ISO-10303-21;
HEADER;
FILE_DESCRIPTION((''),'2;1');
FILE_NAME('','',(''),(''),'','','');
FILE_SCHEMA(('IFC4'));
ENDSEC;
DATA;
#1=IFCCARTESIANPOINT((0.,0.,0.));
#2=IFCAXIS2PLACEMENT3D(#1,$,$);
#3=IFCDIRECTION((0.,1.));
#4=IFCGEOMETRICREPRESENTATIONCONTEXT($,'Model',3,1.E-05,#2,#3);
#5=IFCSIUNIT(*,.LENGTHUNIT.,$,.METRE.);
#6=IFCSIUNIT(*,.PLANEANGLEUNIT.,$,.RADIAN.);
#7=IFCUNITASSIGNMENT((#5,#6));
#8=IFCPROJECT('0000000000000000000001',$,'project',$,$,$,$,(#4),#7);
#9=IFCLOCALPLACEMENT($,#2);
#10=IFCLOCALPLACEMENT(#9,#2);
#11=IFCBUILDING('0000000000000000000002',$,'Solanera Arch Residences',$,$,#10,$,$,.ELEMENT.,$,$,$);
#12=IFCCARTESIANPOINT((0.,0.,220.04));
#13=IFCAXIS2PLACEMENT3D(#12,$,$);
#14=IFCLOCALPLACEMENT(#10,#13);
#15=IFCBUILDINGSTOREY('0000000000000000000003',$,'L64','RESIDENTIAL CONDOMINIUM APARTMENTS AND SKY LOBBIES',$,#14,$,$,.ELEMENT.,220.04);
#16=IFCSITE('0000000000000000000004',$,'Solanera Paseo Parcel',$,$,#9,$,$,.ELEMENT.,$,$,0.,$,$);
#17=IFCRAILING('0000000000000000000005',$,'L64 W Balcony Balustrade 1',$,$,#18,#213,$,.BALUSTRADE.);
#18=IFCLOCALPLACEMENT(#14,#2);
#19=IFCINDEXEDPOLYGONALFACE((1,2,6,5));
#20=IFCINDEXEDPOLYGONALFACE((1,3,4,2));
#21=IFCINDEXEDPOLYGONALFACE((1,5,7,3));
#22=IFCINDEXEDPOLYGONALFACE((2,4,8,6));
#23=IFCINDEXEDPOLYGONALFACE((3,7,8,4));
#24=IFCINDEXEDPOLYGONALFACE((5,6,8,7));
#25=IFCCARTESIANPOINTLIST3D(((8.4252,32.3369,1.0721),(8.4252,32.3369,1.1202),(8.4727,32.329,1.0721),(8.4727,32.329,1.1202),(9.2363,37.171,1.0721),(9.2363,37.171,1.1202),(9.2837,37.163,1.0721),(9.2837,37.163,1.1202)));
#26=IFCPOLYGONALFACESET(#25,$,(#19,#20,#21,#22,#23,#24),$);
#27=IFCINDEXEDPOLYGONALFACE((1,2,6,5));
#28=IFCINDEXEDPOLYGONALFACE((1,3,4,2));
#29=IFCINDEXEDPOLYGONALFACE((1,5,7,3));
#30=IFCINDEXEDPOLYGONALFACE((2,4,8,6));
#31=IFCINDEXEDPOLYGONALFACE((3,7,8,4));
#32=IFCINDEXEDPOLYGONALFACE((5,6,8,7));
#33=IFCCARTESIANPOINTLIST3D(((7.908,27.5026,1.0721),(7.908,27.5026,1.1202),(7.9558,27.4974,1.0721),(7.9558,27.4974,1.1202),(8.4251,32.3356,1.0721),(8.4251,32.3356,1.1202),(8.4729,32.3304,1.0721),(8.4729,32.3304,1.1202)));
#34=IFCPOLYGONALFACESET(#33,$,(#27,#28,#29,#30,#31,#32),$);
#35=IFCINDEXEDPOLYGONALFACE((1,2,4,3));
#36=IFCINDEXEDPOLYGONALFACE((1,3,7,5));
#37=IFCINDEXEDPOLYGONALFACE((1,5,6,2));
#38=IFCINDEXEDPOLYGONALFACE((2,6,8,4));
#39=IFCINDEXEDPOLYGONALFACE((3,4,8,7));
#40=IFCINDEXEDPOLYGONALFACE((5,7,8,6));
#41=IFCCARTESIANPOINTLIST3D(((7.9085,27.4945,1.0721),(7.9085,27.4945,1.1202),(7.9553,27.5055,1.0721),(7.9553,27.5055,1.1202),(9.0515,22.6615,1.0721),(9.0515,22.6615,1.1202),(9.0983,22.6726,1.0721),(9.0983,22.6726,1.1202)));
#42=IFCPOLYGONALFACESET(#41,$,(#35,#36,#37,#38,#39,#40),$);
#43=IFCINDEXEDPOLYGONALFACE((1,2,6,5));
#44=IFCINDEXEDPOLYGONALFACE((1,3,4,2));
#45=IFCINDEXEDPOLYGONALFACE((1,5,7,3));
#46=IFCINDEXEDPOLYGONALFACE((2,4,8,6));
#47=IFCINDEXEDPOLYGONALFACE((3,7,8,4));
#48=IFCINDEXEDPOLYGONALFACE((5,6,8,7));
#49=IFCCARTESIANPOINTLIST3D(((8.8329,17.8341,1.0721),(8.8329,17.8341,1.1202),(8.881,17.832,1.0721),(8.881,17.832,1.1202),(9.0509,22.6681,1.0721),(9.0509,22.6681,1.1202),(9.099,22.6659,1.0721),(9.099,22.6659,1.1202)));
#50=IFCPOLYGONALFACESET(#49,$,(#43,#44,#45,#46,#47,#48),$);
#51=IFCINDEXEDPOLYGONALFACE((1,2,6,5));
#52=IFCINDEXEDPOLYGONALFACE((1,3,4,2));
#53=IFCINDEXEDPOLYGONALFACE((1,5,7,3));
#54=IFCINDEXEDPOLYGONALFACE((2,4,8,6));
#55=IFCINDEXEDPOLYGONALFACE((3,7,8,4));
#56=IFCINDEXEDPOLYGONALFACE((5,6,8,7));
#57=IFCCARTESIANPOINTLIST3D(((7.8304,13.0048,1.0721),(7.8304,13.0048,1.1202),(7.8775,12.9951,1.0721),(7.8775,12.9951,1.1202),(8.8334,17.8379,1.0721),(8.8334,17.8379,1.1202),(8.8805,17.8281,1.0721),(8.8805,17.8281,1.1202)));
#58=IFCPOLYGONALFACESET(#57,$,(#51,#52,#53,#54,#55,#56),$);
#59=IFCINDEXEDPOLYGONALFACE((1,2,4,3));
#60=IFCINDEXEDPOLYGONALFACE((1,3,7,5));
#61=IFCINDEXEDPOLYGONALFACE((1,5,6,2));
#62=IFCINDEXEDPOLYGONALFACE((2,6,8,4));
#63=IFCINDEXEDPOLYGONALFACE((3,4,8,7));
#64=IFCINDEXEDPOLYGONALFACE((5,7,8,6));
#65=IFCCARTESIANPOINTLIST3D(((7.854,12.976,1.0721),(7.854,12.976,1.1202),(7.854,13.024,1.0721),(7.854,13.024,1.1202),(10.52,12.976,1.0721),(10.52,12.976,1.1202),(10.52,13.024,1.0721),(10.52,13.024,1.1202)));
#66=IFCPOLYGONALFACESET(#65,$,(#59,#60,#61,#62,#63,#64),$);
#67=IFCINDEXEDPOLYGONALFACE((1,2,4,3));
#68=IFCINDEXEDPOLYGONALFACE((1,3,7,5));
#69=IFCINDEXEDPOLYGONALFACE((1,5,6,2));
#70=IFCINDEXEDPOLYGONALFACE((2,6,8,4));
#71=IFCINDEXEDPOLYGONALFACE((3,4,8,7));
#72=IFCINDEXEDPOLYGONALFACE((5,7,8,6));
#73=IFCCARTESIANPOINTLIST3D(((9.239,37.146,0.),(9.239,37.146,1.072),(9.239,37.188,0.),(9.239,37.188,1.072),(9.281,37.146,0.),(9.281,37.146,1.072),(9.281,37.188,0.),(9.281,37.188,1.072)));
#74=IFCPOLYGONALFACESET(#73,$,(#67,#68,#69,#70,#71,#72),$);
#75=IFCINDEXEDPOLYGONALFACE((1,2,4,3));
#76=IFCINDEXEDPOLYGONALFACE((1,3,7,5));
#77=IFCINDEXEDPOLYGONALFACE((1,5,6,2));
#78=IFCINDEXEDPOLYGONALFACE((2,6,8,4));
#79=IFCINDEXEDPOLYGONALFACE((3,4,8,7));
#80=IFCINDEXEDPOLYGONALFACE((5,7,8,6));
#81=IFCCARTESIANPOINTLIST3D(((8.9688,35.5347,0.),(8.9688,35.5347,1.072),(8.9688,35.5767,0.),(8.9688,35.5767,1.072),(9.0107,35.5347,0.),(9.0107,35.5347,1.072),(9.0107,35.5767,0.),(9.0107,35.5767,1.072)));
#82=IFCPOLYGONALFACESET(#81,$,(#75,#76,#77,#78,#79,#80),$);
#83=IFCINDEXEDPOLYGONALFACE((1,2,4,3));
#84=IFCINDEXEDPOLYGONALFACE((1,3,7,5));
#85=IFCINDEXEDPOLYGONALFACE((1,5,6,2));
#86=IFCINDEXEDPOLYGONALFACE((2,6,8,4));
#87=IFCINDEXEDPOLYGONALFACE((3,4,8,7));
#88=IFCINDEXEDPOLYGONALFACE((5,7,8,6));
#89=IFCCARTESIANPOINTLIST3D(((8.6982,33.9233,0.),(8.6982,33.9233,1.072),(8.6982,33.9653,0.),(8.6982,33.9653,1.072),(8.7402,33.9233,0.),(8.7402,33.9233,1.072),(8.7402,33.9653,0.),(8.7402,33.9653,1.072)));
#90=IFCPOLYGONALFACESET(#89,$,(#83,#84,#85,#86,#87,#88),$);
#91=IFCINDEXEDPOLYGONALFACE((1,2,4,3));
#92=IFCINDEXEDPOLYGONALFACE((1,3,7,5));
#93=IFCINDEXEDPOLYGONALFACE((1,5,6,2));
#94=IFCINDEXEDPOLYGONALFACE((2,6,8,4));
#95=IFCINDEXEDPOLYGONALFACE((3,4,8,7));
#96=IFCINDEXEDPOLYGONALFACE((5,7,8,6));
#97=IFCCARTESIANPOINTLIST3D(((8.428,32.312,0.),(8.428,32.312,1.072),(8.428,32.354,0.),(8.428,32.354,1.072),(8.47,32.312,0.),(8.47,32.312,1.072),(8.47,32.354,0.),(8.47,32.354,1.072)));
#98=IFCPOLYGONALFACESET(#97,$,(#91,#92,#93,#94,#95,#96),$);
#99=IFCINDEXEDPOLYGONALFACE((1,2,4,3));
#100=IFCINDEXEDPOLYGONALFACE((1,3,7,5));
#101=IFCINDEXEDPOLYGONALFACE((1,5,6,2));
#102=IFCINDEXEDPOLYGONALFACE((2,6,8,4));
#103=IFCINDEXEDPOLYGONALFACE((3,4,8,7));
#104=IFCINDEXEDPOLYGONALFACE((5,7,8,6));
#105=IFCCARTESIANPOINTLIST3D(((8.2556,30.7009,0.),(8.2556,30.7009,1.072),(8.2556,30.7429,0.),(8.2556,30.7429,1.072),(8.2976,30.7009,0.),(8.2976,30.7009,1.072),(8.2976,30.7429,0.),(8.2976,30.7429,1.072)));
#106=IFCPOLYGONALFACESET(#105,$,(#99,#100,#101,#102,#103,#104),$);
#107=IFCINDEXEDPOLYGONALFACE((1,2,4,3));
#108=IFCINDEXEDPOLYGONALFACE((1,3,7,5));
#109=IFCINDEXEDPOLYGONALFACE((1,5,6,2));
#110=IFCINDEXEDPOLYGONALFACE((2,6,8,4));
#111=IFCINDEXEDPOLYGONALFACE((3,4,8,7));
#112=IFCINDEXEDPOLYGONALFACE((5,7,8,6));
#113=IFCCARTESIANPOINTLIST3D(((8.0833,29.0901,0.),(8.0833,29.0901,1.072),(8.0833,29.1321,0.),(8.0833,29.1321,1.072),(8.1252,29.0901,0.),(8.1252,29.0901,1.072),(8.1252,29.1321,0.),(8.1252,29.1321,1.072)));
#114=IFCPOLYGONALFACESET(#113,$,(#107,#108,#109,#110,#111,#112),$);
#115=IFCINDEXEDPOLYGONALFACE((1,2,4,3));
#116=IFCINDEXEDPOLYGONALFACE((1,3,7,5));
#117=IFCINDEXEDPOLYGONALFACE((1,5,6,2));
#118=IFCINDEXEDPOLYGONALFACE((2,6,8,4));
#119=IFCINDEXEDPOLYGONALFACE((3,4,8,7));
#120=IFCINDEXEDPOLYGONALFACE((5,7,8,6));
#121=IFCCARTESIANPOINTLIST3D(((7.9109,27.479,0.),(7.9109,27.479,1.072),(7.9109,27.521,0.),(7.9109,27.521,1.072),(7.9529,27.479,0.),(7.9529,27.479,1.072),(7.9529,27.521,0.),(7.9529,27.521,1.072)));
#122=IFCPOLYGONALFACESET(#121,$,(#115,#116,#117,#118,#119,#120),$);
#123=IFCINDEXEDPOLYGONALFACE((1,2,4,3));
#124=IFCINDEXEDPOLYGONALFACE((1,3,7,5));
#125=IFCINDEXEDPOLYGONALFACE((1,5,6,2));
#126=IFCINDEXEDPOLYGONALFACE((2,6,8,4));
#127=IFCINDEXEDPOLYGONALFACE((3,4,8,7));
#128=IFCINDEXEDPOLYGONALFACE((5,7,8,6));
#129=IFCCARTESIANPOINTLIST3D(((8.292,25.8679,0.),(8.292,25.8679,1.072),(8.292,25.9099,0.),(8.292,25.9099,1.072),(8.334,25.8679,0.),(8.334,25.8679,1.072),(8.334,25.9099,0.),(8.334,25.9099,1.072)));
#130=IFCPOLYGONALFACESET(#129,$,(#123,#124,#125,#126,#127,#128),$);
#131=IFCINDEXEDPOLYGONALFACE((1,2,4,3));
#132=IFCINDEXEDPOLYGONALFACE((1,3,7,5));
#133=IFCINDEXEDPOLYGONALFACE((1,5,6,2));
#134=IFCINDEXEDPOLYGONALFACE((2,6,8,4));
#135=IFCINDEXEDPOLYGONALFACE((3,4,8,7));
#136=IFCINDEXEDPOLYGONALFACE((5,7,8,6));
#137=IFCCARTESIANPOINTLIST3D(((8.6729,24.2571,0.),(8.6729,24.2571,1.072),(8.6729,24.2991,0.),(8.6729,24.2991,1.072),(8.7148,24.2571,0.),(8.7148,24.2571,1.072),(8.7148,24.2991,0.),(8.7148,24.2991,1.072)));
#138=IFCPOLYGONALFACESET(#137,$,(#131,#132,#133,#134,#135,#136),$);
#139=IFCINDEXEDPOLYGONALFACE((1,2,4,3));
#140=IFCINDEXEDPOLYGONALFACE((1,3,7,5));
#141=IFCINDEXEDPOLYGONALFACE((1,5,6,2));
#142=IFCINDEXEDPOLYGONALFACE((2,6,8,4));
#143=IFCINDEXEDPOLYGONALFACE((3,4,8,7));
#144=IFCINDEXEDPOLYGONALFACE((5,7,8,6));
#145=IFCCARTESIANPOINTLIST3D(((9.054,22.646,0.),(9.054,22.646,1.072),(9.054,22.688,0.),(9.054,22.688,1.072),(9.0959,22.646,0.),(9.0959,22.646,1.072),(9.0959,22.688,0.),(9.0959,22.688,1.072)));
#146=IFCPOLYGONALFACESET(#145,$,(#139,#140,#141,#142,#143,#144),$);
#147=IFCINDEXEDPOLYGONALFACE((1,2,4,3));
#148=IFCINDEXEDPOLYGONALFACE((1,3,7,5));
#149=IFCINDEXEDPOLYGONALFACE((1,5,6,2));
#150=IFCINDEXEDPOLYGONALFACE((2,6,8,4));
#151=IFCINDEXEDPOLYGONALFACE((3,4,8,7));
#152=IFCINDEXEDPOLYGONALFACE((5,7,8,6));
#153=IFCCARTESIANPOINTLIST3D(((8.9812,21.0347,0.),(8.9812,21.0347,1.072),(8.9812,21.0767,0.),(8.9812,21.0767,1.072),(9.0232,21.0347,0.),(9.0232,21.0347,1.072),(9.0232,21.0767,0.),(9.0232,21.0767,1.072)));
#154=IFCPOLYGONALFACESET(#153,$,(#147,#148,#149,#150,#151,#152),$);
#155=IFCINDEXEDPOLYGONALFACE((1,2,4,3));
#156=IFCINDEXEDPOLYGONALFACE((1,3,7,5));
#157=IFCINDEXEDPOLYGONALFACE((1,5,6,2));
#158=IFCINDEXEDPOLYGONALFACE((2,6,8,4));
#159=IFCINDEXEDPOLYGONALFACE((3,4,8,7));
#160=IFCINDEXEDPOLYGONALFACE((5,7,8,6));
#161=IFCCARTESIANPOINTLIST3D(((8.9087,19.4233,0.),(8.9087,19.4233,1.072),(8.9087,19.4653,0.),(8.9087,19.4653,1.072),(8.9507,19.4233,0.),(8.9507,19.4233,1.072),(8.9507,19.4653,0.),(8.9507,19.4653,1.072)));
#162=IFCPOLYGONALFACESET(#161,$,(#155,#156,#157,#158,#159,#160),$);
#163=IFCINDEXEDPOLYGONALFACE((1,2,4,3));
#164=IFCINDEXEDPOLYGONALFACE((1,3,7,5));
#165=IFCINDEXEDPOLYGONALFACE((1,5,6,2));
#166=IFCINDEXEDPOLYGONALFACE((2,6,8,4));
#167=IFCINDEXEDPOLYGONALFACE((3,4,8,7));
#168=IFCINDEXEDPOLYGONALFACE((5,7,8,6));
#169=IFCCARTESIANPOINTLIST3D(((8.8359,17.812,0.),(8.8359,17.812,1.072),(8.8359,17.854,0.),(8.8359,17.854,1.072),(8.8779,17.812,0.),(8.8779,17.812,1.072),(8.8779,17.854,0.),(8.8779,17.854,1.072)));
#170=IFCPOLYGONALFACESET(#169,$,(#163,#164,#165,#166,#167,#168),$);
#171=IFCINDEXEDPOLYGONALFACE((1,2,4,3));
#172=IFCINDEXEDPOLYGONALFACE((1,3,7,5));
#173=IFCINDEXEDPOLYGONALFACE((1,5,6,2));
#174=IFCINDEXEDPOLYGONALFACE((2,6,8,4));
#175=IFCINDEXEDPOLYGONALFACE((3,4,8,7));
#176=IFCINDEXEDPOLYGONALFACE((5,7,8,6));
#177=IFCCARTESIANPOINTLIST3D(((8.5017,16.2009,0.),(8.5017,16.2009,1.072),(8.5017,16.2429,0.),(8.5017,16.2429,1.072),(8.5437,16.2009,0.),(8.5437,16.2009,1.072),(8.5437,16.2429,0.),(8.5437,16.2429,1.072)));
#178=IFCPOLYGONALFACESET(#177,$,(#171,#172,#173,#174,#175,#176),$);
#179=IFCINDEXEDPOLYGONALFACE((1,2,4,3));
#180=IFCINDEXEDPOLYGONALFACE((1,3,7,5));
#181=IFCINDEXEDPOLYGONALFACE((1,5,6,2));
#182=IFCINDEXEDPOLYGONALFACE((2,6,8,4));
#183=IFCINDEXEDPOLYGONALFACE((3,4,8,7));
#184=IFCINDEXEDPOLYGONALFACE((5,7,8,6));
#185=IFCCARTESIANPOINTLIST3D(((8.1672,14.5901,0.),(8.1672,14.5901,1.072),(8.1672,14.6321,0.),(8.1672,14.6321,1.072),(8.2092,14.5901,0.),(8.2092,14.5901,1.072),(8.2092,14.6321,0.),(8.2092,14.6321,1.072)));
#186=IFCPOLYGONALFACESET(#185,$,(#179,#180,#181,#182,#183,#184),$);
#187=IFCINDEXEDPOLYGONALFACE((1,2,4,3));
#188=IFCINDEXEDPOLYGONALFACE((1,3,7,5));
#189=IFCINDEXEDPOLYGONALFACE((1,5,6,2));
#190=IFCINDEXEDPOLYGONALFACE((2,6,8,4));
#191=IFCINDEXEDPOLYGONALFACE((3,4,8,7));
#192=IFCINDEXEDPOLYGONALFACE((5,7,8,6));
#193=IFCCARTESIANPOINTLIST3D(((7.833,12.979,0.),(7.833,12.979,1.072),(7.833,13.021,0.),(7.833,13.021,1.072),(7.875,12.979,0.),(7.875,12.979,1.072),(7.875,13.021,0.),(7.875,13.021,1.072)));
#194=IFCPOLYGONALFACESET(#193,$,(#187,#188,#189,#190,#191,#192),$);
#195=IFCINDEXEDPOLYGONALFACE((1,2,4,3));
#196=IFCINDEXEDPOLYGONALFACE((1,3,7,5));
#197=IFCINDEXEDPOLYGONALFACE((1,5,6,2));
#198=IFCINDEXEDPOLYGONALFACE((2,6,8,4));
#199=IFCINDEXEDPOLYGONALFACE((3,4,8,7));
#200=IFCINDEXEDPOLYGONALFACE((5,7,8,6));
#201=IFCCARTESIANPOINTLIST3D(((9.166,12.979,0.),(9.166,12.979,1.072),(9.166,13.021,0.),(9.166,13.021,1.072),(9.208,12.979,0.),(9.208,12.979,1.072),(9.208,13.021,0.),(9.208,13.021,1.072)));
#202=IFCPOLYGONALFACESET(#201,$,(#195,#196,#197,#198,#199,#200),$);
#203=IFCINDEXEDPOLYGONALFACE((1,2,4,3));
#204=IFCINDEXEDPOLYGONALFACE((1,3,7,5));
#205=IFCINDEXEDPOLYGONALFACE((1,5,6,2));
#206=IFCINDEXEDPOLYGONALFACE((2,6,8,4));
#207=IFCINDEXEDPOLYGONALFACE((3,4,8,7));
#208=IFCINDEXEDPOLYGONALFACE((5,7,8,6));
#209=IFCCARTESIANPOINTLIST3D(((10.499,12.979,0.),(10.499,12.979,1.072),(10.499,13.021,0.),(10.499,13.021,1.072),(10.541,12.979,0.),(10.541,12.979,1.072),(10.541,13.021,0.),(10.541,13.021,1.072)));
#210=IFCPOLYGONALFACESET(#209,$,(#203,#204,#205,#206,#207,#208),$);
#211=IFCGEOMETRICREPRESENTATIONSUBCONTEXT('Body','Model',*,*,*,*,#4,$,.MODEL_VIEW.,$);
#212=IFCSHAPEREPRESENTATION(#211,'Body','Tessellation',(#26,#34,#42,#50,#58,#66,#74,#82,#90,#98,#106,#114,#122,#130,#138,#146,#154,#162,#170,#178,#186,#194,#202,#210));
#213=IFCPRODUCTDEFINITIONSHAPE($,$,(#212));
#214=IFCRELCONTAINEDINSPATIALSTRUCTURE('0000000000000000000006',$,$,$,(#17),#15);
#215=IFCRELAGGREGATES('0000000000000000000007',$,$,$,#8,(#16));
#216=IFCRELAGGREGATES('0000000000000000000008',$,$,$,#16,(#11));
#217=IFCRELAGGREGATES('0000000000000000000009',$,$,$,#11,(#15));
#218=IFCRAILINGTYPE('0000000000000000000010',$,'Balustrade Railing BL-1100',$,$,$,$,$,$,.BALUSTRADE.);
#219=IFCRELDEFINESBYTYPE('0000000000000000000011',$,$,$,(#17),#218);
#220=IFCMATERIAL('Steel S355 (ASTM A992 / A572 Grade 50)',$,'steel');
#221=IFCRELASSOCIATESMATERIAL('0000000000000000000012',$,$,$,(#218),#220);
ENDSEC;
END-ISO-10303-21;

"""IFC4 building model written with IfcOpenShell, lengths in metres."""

from ifc_helpers import new_model, si_unit, direction, frame, origin, origin_2d, place, context, subcontext, project, spatial, rectangle, extrude, material, type_object, element, save


model = new_model("IFC4")

# Units and contexts
model_context = context("Model", 3, precision=1e-05, world=origin(), true_north=direction((0.0, 1.0)))
body_context = subcontext(model_context, "Body", "Model", "MODEL_VIEW")
ifc_project = project(units=[si_unit("LENGTHUNIT", "METRE"), si_unit("PLANEANGLEUNIT", "RADIAN")], contexts=[model_context])

# Site, building, storey
site_placement = place(None, origin())
site = spatial("IfcSite", under=ifc_project, at=site_placement, Name="Solanera Paseo Parcel", CompositionType="ELEMENT", RefElevation=0.0)
building_placement = place(site_placement, origin())
building = spatial("IfcBuilding", under=site, at=building_placement, Name="Solanera Arch Residences", CompositionType="ELEMENT")
storey_placement = place(building_placement, frame((0.0, 0.0, 220.04)))
storey = spatial("IfcBuildingStorey", under=building, at=storey_placement, Name="L64", Description="RESIDENTIAL CONDOMINIUM APARTMENTS AND SKY LOBBIES", CompositionType="ELEMENT", Elevation=220.04)

# Railing
ifc_material_1 = material(Name="Steel S355 (ASTM A992 / A572 Grade 50)", Category="steel")
railing_type_1 = type_object("IfcRailingType", Name="Balustrade Railing BL-1100", PredefinedType="BALUSTRADE", material=ifc_material_1)
railing_1_placement = place(storey_placement, frame((9.26, 37.167, 0.0)))
element("IfcRailing", 1, at=railing_1_placement, inside=storey, type_object=railing_type_1, Name="L64 W Balcony Balustrade 1", PredefinedType="BALUSTRADE", context=body_context, shape_type="SweptSolid", body=[
    extrude(rectangle(XDim=0.0481, YDim=0.0481, at=origin_2d()), frame((0.0, 0.0, 1.0962), z_axis=(-0.165465, -0.986216, 0.0), x_axis=(0.986216, -0.165465, 0.0)), (0.0, 0.0, 1.0), 4.9016),
    extrude(rectangle(XDim=0.0481, YDim=0.0481, at=origin_2d()), frame((-0.811, -4.834, 1.0962), z_axis=(-0.106384, -0.994325, 0.0), x_axis=(0.994325, -0.106384, 0.0)), (0.0, 0.0, 1.0), 4.8606),
    extrude(rectangle(XDim=0.0481, YDim=0.0481, at=origin_2d()), frame((-1.3281, -9.667, 1.0962), z_axis=(0.230163, -0.973152, 0.0), x_axis=(0.973152, 0.230163, 0.0)), (0.0, 0.0, 1.0), 4.9663),
    extrude(rectangle(XDim=0.0481, YDim=0.0481, at=origin_2d()), frame((-0.1851, -14.5, 1.0962), z_axis=(-0.045055, -0.998984, 0.0), x_axis=(0.998984, -0.045055, 0.0)), (0.0, 0.0, 1.0), 4.8389),
    extrude(rectangle(XDim=0.0481, YDim=0.0481, at=origin_2d()), frame((-0.4031, -19.334, 1.0962), z_axis=(-0.203188, -0.97914, 0.0), x_axis=(0.97914, -0.203188, 0.0)), (0.0, 0.0, 1.0), 4.936),
    extrude(rectangle(XDim=0.0481, YDim=0.0481, at=origin_2d()), frame((-1.406, -24.167, 1.0962), z_axis=(1.0, 0.0, 0.0), x_axis=(0.0, 1.0, 0.0)), (0.0, 0.0, 1.0), 2.666),
    extrude(rectangle(XDim=0.042, YDim=0.042, at=origin_2d()), origin(), (0.0, 0.0, 1.0), 1.072),
    extrude(rectangle(XDim=0.042, YDim=0.042, at=origin_2d()), frame((-0.2703, -1.6113, 0.0)), (0.0, 0.0, 1.0), 1.072),
    extrude(rectangle(XDim=0.042, YDim=0.042, at=origin_2d()), frame((-0.5408, -3.2227, 0.0)), (0.0, 0.0, 1.0), 1.072),
    extrude(rectangle(XDim=0.042, YDim=0.042, at=origin_2d()), frame((-0.811, -4.834, 0.0)), (0.0, 0.0, 1.0), 1.072),
    extrude(rectangle(XDim=0.042, YDim=0.042, at=origin_2d()), frame((-0.9834, -6.4451, 0.0)), (0.0, 0.0, 1.0), 1.072),
    extrude(rectangle(XDim=0.042, YDim=0.042, at=origin_2d()), frame((-1.1558, -8.0559, 0.0)), (0.0, 0.0, 1.0), 1.072),
    extrude(rectangle(XDim=0.042, YDim=0.042, at=origin_2d()), frame((-1.3281, -9.667, 0.0)), (0.0, 0.0, 1.0), 1.072),
    extrude(rectangle(XDim=0.042, YDim=0.042, at=origin_2d()), frame((-0.947, -11.2781, 0.0)), (0.0, 0.0, 1.0), 1.072),
    extrude(rectangle(XDim=0.042, YDim=0.042, at=origin_2d()), frame((-0.5662, -12.8889, 0.0)), (0.0, 0.0, 1.0), 1.072),
    extrude(rectangle(XDim=0.042, YDim=0.042, at=origin_2d()), frame((-0.1851, -14.5, 0.0)), (0.0, 0.0, 1.0), 1.072),
    extrude(rectangle(XDim=0.042, YDim=0.042, at=origin_2d()), frame((-0.2578, -16.1113, 0.0)), (0.0, 0.0, 1.0), 1.072),
    extrude(rectangle(XDim=0.042, YDim=0.042, at=origin_2d()), frame((-0.3303, -17.7227, 0.0)), (0.0, 0.0, 1.0), 1.072),
    extrude(rectangle(XDim=0.042, YDim=0.042, at=origin_2d()), frame((-0.4031, -19.334, 0.0)), (0.0, 0.0, 1.0), 1.072),
    extrude(rectangle(XDim=0.042, YDim=0.042, at=origin_2d()), frame((-0.7373, -20.9451, 0.0)), (0.0, 0.0, 1.0), 1.072),
    extrude(rectangle(XDim=0.042, YDim=0.042, at=origin_2d()), frame((-1.0718, -22.5559, 0.0)), (0.0, 0.0, 1.0), 1.072),
    extrude(rectangle(XDim=0.042, YDim=0.042, at=origin_2d()), frame((-1.406, -24.167, 0.0)), (0.0, 0.0, 1.0), 1.072),
    extrude(rectangle(XDim=0.042, YDim=0.042, at=origin_2d()), frame((-0.073, -24.167, 0.0)), (0.0, 0.0, 1.0), 1.072),
    extrude(rectangle(XDim=0.042, YDim=0.042, at=origin_2d()), frame((1.26, -24.167, 0.0)), (0.0, 0.0, 1.0), 1.072),
])

save(model, "model.ifc")
